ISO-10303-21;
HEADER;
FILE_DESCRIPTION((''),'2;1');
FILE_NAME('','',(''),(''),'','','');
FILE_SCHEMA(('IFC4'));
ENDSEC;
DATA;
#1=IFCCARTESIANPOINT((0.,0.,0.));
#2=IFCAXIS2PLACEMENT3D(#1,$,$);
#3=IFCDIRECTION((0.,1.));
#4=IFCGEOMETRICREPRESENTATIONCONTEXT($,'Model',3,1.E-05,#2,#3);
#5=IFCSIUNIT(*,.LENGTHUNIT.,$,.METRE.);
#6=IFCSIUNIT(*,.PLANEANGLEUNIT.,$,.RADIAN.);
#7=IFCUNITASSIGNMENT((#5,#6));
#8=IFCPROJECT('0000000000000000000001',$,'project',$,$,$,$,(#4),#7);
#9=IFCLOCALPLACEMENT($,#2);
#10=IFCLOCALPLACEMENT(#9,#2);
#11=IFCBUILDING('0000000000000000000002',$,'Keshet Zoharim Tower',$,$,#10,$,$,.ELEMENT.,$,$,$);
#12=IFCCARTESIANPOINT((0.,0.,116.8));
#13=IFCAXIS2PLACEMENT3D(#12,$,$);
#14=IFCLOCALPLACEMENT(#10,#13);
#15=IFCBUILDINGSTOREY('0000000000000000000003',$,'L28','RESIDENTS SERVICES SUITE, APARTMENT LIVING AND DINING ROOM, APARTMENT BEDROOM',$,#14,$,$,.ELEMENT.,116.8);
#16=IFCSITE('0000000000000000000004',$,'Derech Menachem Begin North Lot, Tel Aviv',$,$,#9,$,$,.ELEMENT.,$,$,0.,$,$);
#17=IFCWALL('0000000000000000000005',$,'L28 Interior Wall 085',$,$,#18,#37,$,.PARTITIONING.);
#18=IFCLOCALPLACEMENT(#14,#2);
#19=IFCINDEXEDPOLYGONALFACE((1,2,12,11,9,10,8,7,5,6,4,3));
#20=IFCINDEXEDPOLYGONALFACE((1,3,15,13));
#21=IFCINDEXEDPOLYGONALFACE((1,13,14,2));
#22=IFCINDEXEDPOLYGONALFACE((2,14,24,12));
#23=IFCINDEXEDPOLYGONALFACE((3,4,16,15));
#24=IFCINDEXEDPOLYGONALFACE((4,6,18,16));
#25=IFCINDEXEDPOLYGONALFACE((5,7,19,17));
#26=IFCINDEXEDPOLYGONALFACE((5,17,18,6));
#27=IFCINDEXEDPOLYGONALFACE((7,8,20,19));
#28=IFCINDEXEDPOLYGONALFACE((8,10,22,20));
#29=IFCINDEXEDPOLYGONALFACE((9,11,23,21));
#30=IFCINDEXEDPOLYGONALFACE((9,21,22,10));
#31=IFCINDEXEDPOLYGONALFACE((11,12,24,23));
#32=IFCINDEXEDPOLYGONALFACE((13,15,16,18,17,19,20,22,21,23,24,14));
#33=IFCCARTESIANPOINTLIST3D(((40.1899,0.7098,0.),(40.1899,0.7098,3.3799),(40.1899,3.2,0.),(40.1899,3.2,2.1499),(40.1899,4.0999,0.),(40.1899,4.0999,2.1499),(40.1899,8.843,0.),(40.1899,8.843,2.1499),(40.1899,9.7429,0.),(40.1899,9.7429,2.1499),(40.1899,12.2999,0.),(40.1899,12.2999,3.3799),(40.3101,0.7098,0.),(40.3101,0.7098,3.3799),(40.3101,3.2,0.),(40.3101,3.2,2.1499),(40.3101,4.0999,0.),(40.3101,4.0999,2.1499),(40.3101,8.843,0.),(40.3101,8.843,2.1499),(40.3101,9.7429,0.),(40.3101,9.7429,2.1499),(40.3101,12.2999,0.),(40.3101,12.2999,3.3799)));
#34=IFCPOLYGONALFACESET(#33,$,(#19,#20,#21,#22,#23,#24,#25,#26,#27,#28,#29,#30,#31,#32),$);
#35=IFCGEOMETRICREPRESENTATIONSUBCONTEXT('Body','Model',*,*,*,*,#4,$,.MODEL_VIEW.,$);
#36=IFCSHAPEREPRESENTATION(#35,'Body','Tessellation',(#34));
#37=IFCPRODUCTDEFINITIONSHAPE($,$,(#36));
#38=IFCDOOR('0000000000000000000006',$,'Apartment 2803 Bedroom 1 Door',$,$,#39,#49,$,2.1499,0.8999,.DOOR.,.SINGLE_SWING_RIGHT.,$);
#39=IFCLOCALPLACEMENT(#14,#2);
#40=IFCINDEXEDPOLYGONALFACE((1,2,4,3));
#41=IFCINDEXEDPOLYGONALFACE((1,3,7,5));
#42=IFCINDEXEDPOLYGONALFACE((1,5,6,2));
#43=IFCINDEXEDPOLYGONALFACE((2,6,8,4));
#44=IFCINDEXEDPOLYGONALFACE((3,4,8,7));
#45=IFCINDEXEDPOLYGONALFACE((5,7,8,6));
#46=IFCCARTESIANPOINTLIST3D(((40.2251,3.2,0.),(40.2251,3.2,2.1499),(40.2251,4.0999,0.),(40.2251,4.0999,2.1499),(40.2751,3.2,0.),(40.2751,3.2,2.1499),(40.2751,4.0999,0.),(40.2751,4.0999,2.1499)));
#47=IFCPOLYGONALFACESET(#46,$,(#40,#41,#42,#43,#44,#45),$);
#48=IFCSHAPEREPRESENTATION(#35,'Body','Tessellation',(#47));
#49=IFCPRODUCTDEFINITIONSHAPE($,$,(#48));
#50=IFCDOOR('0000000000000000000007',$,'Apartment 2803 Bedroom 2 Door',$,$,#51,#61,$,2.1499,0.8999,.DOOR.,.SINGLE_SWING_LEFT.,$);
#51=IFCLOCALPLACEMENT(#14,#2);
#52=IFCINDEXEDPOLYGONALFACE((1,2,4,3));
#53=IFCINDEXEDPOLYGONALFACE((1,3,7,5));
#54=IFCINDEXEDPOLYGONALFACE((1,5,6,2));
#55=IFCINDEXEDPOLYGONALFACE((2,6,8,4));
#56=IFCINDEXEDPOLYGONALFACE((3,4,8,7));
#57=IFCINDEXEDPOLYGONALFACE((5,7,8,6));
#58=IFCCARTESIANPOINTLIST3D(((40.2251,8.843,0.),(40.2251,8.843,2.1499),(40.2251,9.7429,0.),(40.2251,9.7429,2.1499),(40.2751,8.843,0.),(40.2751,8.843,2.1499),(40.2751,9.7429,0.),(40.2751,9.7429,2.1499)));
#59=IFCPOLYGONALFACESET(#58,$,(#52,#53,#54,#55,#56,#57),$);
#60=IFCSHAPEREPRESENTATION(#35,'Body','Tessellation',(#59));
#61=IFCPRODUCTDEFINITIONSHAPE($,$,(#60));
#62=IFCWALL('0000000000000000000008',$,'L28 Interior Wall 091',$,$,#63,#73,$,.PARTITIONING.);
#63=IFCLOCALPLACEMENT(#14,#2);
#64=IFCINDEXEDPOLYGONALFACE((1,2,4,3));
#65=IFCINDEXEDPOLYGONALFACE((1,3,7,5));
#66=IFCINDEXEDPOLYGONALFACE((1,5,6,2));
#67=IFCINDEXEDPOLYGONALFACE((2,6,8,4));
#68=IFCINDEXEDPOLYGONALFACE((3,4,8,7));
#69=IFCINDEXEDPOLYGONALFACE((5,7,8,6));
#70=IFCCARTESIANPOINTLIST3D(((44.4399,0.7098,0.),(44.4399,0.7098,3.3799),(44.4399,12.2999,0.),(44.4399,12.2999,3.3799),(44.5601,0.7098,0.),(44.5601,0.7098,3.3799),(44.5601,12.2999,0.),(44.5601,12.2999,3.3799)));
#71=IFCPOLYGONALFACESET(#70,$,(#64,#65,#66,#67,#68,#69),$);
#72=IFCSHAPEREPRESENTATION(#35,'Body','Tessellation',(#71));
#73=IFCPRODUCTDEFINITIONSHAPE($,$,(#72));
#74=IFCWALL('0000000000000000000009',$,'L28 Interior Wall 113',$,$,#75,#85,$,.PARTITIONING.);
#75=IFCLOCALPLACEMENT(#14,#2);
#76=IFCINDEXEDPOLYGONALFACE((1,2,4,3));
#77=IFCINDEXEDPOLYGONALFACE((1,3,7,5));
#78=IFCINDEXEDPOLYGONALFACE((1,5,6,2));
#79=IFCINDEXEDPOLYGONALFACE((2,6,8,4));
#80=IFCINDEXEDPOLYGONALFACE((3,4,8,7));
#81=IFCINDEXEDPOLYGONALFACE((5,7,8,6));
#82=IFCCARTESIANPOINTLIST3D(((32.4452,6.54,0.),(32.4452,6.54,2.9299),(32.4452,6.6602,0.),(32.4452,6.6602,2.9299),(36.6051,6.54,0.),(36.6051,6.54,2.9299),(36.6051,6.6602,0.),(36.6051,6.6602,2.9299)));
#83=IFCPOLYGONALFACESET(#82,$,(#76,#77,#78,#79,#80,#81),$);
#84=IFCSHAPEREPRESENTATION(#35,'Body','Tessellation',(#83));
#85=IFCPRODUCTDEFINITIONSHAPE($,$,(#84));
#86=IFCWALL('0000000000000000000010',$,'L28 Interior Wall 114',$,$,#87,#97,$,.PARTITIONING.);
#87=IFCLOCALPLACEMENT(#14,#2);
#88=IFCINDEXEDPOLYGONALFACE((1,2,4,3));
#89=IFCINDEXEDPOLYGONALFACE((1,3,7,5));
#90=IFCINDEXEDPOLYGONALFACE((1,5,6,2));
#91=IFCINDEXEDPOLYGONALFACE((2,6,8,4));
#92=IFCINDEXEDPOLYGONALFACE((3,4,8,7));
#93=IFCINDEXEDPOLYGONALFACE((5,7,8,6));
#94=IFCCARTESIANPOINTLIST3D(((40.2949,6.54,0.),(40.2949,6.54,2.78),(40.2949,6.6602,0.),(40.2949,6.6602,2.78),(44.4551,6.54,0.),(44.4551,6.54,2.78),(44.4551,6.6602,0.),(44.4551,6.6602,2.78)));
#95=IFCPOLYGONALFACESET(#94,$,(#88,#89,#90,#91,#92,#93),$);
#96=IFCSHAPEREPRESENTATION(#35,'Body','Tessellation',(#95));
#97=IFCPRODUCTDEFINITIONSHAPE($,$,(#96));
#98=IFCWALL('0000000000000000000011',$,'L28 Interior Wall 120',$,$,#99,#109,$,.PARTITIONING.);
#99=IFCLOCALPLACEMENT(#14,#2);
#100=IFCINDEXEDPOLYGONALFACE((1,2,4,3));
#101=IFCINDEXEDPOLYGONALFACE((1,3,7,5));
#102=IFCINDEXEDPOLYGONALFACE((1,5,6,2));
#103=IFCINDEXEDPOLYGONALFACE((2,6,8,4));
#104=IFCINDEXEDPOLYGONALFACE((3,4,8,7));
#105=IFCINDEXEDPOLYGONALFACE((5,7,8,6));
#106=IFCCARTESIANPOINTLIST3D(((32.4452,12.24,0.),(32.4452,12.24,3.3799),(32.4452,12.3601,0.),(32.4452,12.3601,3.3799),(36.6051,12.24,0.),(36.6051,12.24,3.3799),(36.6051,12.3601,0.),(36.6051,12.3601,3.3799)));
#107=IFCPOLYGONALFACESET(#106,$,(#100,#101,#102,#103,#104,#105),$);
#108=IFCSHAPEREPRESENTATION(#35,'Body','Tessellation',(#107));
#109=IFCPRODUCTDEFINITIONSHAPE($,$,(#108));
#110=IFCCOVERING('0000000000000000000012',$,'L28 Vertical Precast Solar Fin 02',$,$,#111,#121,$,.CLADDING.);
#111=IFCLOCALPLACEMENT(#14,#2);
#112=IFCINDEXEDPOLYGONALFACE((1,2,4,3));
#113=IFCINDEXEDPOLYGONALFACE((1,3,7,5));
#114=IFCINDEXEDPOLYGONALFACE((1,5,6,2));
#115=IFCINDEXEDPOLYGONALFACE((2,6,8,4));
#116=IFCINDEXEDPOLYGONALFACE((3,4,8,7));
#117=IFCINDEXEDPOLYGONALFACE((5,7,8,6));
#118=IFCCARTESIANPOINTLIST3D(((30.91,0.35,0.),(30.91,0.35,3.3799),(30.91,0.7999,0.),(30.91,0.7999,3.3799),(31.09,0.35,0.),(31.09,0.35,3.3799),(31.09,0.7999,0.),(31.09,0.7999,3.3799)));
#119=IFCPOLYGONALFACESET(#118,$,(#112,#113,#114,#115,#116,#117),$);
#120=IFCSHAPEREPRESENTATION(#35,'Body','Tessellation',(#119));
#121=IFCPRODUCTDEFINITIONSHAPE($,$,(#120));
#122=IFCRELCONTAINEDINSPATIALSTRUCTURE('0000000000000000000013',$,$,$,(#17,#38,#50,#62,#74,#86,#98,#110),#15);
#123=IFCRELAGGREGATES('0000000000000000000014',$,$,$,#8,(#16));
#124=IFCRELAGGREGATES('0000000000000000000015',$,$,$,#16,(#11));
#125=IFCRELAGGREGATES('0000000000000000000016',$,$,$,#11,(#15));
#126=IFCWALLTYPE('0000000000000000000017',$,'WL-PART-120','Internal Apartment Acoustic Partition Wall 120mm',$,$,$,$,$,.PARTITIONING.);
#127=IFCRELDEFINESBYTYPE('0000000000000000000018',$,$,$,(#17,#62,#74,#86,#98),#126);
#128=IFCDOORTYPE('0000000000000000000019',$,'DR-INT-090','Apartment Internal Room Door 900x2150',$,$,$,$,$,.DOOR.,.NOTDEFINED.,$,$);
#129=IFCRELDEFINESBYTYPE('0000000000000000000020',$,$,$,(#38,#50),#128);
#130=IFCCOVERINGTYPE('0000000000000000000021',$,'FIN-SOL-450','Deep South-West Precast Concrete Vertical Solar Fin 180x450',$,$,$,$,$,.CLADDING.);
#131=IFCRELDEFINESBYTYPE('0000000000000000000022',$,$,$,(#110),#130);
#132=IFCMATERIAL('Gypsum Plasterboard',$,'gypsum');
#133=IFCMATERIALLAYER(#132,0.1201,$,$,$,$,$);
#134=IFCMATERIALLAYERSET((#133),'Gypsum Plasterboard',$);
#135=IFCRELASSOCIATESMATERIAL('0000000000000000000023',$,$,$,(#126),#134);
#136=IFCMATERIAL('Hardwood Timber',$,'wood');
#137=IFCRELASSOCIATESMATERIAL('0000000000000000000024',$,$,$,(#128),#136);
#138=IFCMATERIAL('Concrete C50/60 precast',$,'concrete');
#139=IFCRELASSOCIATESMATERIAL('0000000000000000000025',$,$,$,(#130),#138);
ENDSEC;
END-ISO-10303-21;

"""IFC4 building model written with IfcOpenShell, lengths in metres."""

from ifc_helpers import new_model, si_unit, direction, frame, frame_2d, origin, origin_2d, place, context, subcontext, project, spatial, rectangle, extrude, material, layer, layer_set, type_object, element, fill, save


model = new_model("IFC4")

# Units and contexts
model_context = context("Model", 3, precision=1e-05, world=origin(), true_north=direction((0.0, 1.0)))
body_context = subcontext(model_context, "Body", "Model", "MODEL_VIEW")
ifc_project = project(units=[si_unit("LENGTHUNIT", "METRE"), si_unit("PLANEANGLEUNIT", "RADIAN")], contexts=[model_context])

# Site, building, storey
site_placement = place(None, origin())
site = spatial("IfcSite", under=ifc_project, at=site_placement, Name="Derech Menachem Begin North Lot, Tel Aviv", CompositionType="ELEMENT", RefElevation=0.0)
building_placement = place(site_placement, origin())
building = spatial("IfcBuilding", under=site, at=building_placement, Name="Keshet Zoharim Tower", CompositionType="ELEMENT")
storey_placement = place(building_placement, frame((0.0, 0.0, 116.8)))
storey = spatial("IfcBuildingStorey", under=building, at=storey_placement, Name="L28", Description="RESIDENTS SERVICES SUITE, APARTMENT LIVING AND DINING ROOM, APARTMENT BEDROOM", CompositionType="ELEMENT", Elevation=116.8)

# Shared definitions
ifc_material_1 = material(Name="Gypsum Plasterboard", Category="gypsum")
ifc_layer_1 = layer(ifc_material_1, 0.1201)
ifc_layer_set_1 = layer_set([ifc_layer_1], Name="Gypsum Plasterboard")
wall_type = type_object("IfcWallType", Name="WL-PART-120", Description="Internal Apartment Acoustic Partition Wall 120mm", PredefinedType="PARTITIONING", material=ifc_layer_set_1)

# Shared definitions
ifc_material_2 = material(Name="Hardwood Timber", Category="wood")
door_type = type_object("IfcDoorType", Name="DR-INT-090", Description="Apartment Internal Room Door 900x2150", OperationType="NOTDEFINED", PredefinedType="DOOR", material=ifc_material_2)

# Wall, openings, doors
wall_1_placement = place(storey_placement, frame((40.25, 0.71, 0.0), z_axis=(0.0, 0.0, 1.0), x_axis=(0.0, 1.0, 0.0)))
wall_1 = element("IfcWall", 1, at=wall_1_placement, inside=storey, type_object=wall_type, Name="L28 Interior Wall 085", PredefinedType="PARTITIONING", context=body_context, shape_type="SweptSolid", body=[
    extrude(rectangle(XDim=11.5901, YDim=0.1201, at=frame_2d((5.7949, 0.0))), origin(), (0.0, 0.0, 1.0), 3.3799),
])
opening_1_placement = place(wall_1_placement, frame((2.49, 0.0, 0.0)))
opening_1 = element("IfcOpeningElement", 2, at=opening_1_placement, cuts=wall_1, PredefinedType="OPENING", context=body_context, shape_type="SweptSolid", body=[
    extrude(rectangle(XDim=0.8999, YDim=2.1499, at=frame_2d((0.45, 1.075))), frame((0.0, 0.0701, 0.0), z_axis=(0.0, -1.0, 0.0), x_axis=(1.0, 0.0, 0.0)), (0.0, 0.0, 1.0), 0.1401),
])
opening_2_placement = place(wall_1_placement, frame((8.1331, 0.0, 0.0)))
opening_2 = element("IfcOpeningElement", 3, at=opening_2_placement, cuts=wall_1, PredefinedType="OPENING", context=body_context, shape_type="SweptSolid", body=[
    extrude(rectangle(XDim=0.8999, YDim=2.1499, at=frame_2d((0.45, 1.075))), frame((0.0, 0.0701, 0.0), z_axis=(0.0, -1.0, 0.0), x_axis=(1.0, 0.0, 0.0)), (0.0, 0.0, 1.0), 0.1401),
])
door_1_placement = place(opening_1_placement, origin())
door_1 = element("IfcDoor", 4, at=door_1_placement, inside=storey, type_object=door_type, Name="Apartment 2803 Bedroom 1 Door", OperationType="SINGLE_SWING_RIGHT", OverallHeight=2.1499, OverallWidth=0.8999, PredefinedType="DOOR", context=body_context, shape_type="SweptSolid", body=[
    extrude(rectangle(XDim=0.8999, YDim=2.1499, at=frame_2d((0.45, 1.075))), frame((0.0, 0.0249, 0.0), z_axis=(0.0, -1.0, 0.0), x_axis=(1.0, 0.0, 0.0)), (0.0, 0.0, 1.0), 0.05),
])
fill(opening_1, door_1)
door_2_placement = place(opening_2_placement, origin())
door_2 = element("IfcDoor", 5, at=door_2_placement, inside=storey, type_object=door_type, Name="Apartment 2803 Bedroom 2 Door", OperationType="SINGLE_SWING_LEFT", OverallHeight=2.1499, OverallWidth=0.8999, PredefinedType="DOOR", context=body_context, shape_type="SweptSolid", body=[
    extrude(rectangle(XDim=0.8999, YDim=2.1499, at=frame_2d((0.45, 1.075))), frame((0.0, 0.0249, 0.0), z_axis=(0.0, -1.0, 0.0), x_axis=(1.0, 0.0, 0.0)), (0.0, 0.0, 1.0), 0.05),
])
fill(opening_2, door_2)

# Walls
wall_2_placement = place(storey_placement, frame((44.5, 0.71, 0.0), z_axis=(0.0, 0.0, 1.0), x_axis=(0.0, 1.0, 0.0)))
element("IfcWall", 6, at=wall_2_placement, inside=storey, type_object=wall_type, Name="L28 Interior Wall 091", PredefinedType="PARTITIONING", context=body_context, shape_type="SweptSolid", body=[
    extrude(rectangle(XDim=11.5901, YDim=0.1201, at=frame_2d((5.7949, 0.0))), origin(), (0.0, 0.0, 1.0), 3.3799),
])
wall_3_placement = place(storey_placement, frame((32.4451, 6.6001, 0.0), z_axis=(0.0, 0.0, 1.0), x_axis=(1.0, 0.0, 0.0)))
element("IfcWall", 7, at=wall_3_placement, inside=storey, type_object=wall_type, Name="L28 Interior Wall 113", PredefinedType="PARTITIONING", context=body_context, shape_type="SweptSolid", body=[
    extrude(rectangle(XDim=4.1599, YDim=0.1201, at=frame_2d((2.0801, 0.0))), origin(), (0.0, 0.0, 1.0), 2.9299),
])
wall_4_placement = place(storey_placement, frame((40.2949, 6.6001, 0.0), z_axis=(0.0, 0.0, 1.0), x_axis=(1.0, 0.0, 0.0)))
element("IfcWall", 8, at=wall_4_placement, inside=storey, type_object=wall_type, Name="L28 Interior Wall 114", PredefinedType="PARTITIONING", context=body_context, shape_type="SweptSolid", body=[
    extrude(rectangle(XDim=4.1602, YDim=0.1201, at=frame_2d((2.0801, 0.0))), origin(), (0.0, 0.0, 1.0), 2.78),
])
wall_5_placement = place(storey_placement, frame((32.4451, 12.3, 0.0), z_axis=(0.0, 0.0, 1.0), x_axis=(1.0, 0.0, 0.0)))
element("IfcWall", 9, at=wall_5_placement, inside=storey, type_object=wall_type, Name="L28 Interior Wall 120", PredefinedType="PARTITIONING", context=body_context, shape_type="SweptSolid", body=[
    extrude(rectangle(XDim=4.1599, YDim=0.1201, at=frame_2d((2.0801, 0.0))), origin(), (0.0, 0.0, 1.0), 3.3799),
])

# Covering
ifc_material_3 = material(Name="Concrete C50/60 precast", Category="concrete")
covering_type = type_object("IfcCoveringType", Name="FIN-SOL-450", Description="Deep South-West Precast Concrete Vertical Solar Fin 180x450", PredefinedType="CLADDING", material=ifc_material_3)
covering_placement = place(storey_placement, frame((31.0, 0.575, 0.0), z_axis=(0.0, 0.0, 1.0), x_axis=(-1.0, 0.0, 0.0)))
element("IfcCovering", 10, at=covering_placement, inside=storey, type_object=covering_type, Name="L28 Vertical Precast Solar Fin 02", PredefinedType="CLADDING", context=body_context, shape_type="SweptSolid", body=[
    extrude(rectangle(XDim=0.1799, YDim=0.45, at=origin_2d()), origin(), (0.0, 0.0, 1.0), 3.3799),
])

save(model, "model.ifc")
